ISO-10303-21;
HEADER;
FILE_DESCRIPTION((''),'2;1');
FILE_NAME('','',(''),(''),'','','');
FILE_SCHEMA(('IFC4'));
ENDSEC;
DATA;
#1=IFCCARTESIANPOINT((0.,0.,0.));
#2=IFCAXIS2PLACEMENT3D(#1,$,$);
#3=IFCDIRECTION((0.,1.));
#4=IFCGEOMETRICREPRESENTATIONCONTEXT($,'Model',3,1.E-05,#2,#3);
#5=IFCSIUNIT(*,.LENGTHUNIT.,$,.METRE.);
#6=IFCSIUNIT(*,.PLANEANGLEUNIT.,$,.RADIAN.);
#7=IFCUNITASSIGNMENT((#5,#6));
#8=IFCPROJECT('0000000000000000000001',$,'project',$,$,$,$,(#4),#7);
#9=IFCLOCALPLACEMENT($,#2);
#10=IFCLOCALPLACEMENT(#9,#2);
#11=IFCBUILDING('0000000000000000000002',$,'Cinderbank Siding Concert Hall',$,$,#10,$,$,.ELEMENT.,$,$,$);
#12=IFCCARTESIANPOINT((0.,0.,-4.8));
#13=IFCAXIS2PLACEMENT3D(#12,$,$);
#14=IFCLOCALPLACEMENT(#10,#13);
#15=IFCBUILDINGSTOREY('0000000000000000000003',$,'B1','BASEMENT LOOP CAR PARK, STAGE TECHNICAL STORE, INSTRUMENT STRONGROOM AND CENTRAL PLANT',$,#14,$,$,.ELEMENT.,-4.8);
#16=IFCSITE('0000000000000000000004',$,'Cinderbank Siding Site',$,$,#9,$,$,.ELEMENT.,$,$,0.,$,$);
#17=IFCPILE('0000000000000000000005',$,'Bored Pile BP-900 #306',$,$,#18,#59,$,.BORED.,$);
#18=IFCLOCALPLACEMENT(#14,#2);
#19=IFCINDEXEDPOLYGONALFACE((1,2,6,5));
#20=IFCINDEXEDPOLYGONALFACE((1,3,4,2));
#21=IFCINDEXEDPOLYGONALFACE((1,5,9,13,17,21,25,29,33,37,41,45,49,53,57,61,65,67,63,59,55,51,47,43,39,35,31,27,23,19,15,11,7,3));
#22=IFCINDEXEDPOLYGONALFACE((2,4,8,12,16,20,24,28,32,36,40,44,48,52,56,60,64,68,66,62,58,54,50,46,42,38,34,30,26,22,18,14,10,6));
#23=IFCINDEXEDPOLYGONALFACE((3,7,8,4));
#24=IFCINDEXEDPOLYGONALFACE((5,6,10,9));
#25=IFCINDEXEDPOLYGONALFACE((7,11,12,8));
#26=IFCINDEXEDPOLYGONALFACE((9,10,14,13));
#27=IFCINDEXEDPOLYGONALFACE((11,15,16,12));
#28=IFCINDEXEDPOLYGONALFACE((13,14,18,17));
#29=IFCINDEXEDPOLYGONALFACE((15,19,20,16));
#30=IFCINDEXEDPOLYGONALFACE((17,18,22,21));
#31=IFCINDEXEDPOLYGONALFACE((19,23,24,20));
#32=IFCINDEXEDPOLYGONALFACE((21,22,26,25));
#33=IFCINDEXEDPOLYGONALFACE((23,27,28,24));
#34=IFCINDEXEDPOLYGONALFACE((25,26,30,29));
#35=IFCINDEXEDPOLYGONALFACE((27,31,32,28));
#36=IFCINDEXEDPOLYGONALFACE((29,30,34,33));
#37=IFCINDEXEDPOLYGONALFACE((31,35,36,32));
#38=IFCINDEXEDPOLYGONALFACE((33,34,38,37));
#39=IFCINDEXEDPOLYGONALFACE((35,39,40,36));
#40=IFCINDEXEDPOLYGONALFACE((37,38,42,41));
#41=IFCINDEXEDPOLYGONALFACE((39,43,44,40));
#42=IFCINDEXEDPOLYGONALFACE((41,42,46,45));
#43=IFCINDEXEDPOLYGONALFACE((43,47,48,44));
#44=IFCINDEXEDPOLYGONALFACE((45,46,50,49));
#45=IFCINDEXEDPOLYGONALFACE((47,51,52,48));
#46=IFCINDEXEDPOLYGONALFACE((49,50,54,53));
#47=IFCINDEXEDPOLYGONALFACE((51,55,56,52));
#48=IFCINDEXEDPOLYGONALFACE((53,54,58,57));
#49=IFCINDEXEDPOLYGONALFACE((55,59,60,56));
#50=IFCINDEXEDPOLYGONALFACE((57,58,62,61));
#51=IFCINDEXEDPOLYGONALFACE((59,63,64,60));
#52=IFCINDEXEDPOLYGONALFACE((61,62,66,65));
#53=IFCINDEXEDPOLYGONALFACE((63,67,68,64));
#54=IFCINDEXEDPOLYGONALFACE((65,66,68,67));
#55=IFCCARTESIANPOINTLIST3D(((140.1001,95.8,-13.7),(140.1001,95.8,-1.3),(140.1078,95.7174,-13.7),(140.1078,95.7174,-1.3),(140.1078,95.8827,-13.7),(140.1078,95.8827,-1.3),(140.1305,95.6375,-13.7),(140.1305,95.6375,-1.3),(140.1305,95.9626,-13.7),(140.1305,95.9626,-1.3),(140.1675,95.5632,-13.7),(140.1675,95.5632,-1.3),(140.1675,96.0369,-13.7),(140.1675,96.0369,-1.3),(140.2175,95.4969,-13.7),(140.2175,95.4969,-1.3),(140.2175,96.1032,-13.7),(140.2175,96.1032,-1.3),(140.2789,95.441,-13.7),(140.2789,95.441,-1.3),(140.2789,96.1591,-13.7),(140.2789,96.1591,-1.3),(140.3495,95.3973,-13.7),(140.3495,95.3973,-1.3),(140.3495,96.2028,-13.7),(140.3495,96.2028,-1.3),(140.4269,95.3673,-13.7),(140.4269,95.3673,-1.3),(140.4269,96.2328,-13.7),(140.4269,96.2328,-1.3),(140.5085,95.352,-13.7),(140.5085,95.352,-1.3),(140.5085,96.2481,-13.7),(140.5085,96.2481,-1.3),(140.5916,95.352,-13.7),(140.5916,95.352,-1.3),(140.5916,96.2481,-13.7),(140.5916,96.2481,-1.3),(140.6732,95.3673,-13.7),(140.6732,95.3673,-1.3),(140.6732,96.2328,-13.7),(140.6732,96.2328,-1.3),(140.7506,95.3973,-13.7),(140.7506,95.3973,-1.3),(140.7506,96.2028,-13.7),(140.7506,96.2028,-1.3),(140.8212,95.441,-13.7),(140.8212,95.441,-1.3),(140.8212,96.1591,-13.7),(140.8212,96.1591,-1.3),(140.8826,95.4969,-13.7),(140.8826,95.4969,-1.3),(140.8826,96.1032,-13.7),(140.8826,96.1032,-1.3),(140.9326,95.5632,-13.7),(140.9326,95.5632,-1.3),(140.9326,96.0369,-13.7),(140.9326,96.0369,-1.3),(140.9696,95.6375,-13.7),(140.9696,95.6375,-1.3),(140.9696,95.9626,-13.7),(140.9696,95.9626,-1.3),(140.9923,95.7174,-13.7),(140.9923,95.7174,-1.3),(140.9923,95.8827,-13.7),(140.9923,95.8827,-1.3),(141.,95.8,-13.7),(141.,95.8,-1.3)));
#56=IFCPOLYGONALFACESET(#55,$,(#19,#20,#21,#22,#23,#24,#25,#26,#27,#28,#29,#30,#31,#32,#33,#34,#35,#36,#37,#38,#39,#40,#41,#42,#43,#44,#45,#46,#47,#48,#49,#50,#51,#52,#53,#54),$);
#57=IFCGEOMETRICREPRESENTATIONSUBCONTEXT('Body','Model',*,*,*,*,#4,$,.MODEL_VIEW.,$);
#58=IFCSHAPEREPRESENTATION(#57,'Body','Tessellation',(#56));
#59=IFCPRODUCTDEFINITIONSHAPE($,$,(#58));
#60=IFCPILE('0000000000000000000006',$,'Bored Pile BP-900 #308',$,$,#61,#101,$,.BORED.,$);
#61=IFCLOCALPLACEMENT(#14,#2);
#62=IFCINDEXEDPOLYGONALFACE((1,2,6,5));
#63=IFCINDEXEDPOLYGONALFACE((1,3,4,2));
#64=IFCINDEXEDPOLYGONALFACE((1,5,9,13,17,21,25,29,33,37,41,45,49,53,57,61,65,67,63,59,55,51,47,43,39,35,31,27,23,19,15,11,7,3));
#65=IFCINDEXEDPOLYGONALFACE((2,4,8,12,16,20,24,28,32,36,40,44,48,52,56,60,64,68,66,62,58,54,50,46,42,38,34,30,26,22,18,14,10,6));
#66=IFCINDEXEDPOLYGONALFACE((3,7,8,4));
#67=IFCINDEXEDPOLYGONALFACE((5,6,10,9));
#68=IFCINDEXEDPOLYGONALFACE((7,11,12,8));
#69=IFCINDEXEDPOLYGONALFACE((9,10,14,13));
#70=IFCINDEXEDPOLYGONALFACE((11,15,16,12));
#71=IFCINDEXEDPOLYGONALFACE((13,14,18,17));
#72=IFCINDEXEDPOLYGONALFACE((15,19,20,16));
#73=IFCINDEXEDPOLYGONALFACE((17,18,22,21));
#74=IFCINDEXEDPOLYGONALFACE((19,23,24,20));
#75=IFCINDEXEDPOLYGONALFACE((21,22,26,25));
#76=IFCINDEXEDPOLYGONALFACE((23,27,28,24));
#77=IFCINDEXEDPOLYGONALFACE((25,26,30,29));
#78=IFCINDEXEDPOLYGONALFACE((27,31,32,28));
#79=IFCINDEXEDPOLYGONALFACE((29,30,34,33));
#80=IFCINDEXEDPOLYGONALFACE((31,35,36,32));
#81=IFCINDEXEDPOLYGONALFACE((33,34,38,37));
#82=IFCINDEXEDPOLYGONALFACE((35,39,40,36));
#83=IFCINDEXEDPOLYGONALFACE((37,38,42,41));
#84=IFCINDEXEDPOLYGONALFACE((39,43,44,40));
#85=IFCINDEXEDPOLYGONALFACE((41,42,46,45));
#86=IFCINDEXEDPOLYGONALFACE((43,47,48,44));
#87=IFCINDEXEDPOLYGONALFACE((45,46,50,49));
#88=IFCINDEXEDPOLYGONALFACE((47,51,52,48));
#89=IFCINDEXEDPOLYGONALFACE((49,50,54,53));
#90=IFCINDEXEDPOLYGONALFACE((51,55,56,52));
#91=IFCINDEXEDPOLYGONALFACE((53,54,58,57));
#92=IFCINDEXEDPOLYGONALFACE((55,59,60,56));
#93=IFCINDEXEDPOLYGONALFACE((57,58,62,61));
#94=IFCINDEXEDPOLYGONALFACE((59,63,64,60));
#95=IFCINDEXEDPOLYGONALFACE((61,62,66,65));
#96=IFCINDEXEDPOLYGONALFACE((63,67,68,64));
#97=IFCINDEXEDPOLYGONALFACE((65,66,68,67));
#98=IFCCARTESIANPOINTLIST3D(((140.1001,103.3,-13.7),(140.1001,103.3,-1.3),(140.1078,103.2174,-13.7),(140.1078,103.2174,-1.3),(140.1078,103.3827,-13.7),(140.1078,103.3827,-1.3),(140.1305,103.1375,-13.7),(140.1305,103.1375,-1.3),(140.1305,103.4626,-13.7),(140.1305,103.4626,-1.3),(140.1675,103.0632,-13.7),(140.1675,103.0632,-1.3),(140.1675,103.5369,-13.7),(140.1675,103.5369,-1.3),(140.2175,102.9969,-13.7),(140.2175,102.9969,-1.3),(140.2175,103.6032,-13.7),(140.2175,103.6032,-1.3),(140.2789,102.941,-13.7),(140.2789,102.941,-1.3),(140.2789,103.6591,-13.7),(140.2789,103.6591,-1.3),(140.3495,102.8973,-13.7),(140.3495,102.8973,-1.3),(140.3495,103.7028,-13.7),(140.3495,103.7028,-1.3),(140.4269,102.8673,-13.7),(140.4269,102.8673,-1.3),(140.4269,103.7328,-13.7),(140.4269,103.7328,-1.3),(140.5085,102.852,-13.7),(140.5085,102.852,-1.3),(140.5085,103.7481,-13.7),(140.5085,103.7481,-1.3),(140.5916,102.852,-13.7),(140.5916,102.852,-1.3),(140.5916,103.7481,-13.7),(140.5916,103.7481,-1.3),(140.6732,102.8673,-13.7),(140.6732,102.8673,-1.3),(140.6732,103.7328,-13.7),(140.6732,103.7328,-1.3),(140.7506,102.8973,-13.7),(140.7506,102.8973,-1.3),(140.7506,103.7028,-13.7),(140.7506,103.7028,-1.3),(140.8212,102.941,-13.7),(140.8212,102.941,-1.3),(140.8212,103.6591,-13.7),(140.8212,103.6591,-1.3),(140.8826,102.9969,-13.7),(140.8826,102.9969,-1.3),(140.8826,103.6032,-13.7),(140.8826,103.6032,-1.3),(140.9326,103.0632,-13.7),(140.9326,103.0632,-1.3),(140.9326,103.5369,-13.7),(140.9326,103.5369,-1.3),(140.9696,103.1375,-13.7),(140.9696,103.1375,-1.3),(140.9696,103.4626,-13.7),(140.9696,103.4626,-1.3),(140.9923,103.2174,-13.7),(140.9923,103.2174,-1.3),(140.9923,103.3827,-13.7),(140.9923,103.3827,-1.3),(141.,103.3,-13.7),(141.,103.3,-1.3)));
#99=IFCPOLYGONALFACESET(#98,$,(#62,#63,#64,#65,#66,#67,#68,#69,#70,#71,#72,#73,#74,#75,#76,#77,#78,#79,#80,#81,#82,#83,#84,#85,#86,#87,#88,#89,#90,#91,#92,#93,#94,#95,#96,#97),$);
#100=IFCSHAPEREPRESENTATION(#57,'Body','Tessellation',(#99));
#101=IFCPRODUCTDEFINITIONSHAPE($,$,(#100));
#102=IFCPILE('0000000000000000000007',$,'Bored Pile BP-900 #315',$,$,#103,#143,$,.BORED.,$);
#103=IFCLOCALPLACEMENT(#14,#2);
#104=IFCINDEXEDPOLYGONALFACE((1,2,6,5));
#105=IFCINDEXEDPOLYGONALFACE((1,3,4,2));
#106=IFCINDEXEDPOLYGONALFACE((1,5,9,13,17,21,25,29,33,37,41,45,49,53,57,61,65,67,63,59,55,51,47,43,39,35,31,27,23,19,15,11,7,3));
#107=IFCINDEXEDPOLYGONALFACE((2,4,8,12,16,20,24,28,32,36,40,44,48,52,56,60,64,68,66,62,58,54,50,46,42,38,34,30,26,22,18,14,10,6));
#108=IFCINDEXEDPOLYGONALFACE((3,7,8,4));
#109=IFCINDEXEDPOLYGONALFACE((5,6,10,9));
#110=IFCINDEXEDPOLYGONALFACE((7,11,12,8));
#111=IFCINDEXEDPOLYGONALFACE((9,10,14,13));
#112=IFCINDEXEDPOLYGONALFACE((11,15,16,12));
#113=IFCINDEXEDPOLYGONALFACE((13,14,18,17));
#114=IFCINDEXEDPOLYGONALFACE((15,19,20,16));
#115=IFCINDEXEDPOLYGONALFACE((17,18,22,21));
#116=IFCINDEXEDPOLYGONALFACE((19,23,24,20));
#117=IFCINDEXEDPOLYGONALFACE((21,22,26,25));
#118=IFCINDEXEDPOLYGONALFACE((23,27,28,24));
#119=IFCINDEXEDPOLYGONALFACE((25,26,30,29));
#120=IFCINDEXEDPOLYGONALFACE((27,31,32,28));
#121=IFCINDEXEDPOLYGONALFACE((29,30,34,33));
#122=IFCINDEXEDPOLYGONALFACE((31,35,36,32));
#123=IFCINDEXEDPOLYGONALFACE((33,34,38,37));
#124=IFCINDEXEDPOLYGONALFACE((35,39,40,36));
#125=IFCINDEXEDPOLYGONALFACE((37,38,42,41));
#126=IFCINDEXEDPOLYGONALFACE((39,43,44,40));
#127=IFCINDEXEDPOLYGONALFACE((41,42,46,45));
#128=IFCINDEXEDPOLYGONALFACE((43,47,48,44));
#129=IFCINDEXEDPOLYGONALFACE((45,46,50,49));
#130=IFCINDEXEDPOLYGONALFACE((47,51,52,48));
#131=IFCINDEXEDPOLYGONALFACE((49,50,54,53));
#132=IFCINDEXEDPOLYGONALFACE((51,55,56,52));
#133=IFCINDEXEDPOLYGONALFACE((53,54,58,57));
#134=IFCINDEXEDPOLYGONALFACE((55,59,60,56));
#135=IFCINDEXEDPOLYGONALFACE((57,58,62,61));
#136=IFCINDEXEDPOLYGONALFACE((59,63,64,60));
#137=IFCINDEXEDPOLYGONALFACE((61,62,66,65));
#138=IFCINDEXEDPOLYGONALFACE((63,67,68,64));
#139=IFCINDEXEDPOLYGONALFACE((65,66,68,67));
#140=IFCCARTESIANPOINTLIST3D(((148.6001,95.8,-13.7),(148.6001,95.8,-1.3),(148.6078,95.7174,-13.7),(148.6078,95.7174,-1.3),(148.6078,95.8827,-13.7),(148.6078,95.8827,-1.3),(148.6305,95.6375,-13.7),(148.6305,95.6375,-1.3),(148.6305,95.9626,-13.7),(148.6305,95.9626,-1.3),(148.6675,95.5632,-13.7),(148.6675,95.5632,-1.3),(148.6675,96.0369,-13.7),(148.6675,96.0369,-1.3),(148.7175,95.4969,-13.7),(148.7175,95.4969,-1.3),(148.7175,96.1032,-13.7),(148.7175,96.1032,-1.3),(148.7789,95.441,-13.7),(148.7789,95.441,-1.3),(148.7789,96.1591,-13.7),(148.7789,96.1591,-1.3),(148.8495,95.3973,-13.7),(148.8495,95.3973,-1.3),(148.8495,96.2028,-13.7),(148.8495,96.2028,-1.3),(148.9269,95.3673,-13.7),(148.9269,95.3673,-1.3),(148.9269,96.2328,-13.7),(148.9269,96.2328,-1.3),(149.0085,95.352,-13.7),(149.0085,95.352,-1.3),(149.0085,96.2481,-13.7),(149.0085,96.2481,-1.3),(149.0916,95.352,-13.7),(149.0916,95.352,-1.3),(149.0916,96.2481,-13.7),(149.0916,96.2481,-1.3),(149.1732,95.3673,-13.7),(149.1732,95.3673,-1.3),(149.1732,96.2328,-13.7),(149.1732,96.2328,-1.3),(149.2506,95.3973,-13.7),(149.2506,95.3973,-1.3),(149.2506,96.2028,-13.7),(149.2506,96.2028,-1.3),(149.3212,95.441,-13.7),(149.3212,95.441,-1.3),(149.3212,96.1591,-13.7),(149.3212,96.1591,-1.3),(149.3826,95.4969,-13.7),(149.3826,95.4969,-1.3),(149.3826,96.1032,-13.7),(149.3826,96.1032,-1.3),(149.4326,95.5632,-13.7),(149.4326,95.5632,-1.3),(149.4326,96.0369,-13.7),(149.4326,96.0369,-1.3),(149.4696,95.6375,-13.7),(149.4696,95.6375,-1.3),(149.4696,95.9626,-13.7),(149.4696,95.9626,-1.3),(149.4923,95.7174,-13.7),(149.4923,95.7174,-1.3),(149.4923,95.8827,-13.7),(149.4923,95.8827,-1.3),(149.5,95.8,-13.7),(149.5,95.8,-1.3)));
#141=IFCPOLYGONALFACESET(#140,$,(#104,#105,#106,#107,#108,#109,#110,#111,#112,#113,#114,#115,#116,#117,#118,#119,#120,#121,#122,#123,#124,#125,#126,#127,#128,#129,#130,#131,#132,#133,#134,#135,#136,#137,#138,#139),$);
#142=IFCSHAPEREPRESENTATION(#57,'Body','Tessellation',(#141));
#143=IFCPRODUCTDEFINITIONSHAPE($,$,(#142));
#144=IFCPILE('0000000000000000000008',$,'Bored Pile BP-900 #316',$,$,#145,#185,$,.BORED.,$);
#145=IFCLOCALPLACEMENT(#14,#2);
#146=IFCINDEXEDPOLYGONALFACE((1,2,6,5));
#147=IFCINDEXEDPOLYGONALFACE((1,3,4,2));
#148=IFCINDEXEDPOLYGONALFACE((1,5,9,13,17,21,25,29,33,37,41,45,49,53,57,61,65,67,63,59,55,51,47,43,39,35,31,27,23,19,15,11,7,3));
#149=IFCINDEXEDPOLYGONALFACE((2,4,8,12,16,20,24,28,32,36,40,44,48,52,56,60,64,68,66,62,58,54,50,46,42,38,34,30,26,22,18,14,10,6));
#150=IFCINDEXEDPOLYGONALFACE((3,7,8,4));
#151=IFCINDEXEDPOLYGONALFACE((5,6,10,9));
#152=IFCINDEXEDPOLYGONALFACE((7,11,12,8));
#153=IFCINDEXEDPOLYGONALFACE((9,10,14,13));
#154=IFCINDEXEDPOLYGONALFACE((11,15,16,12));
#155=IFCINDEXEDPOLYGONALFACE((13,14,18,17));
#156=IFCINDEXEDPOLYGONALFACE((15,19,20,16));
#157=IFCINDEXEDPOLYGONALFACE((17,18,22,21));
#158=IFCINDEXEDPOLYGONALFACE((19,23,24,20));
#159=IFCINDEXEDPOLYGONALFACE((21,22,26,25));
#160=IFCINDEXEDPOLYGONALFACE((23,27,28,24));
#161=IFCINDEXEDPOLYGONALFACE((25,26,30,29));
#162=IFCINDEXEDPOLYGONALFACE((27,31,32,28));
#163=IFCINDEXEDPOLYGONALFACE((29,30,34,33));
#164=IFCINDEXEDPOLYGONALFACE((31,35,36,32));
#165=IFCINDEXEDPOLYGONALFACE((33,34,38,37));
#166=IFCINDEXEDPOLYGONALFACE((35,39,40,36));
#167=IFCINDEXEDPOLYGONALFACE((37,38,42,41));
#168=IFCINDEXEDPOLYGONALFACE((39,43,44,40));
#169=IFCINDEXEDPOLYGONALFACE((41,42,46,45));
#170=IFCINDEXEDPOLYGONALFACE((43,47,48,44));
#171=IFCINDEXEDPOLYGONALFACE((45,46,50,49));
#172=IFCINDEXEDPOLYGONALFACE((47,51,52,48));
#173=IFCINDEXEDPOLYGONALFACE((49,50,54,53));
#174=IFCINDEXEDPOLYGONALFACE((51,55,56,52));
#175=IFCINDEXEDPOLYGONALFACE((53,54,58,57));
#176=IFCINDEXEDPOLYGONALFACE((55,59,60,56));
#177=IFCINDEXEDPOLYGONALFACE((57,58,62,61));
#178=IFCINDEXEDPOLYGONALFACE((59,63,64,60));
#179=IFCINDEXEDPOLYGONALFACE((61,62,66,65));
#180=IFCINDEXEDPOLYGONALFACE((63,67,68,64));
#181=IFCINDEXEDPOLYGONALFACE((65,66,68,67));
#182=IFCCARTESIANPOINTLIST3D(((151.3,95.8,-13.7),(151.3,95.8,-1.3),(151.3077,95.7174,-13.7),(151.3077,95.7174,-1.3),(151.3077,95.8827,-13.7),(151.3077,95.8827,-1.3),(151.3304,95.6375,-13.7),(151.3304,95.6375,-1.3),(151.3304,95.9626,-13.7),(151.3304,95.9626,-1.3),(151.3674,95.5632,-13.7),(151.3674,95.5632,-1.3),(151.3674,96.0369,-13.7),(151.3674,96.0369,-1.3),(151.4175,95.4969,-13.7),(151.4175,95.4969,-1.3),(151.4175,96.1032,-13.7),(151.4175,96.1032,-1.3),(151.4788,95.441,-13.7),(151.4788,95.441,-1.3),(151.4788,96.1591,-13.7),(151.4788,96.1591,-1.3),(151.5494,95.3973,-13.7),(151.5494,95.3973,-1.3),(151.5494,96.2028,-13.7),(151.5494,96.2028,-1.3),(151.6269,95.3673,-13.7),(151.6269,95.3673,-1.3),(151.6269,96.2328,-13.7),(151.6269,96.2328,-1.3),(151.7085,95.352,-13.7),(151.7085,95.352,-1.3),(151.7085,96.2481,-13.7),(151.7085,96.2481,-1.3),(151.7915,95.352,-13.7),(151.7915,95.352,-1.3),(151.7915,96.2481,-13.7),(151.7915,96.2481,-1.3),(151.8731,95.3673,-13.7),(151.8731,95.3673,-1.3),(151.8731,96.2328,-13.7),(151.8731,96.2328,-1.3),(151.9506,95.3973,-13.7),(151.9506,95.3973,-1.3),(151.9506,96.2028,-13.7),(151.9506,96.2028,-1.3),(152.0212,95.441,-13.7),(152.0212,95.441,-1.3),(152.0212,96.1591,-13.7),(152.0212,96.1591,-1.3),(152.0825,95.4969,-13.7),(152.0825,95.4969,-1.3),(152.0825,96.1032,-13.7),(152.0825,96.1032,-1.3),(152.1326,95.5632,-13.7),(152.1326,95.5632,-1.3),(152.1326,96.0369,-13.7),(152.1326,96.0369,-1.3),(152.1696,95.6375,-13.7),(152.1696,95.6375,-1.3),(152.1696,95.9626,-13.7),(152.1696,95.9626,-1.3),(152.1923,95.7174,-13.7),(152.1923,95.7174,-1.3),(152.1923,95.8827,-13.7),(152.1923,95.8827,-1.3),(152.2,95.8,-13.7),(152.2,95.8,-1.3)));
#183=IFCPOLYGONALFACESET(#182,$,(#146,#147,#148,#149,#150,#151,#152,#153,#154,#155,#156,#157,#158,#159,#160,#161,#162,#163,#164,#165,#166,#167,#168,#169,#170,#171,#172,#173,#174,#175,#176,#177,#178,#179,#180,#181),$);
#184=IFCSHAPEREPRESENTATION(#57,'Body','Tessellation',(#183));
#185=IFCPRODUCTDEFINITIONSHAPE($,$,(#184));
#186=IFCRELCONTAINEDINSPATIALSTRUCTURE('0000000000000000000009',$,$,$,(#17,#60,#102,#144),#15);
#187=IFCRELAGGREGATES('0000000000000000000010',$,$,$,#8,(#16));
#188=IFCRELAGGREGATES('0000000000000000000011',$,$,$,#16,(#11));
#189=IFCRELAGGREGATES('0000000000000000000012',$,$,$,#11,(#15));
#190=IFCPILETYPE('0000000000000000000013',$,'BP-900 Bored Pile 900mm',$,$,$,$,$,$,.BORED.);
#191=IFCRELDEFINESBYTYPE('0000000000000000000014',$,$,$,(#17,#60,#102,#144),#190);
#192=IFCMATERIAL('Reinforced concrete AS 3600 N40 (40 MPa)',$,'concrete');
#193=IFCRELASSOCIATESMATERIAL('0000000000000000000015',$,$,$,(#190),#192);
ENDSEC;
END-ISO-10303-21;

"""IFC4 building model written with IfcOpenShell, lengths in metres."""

from ifc_helpers import new_model, si_unit, direction, frame, origin, origin_2d, place, context, subcontext, project, spatial, circle, extrude, material, material_profile, profile_set, type_object, element, save


model = new_model("IFC4")

# Units and contexts
model_context = context("Model", 3, precision=1e-05, world=origin(), true_north=direction((0.0, 1.0)))
body_context = subcontext(model_context, "Body", "Model", "MODEL_VIEW")
ifc_project = project(units=[si_unit("LENGTHUNIT", "METRE"), si_unit("PLANEANGLEUNIT", "RADIAN")], contexts=[model_context])

# Site, building, storey
site_placement = place(None, origin())
site = spatial("IfcSite", under=ifc_project, at=site_placement, Name="Cinderbank Siding Site", CompositionType="ELEMENT", RefElevation=0.0)
building_placement = place(site_placement, origin())
building = spatial("IfcBuilding", under=site, at=building_placement, Name="Cinderbank Siding Concert Hall", CompositionType="ELEMENT")
storey_placement = place(building_placement, frame((0.0, 0.0, -4.8)))
storey = spatial("IfcBuildingStorey", under=building, at=storey_placement, Name="B1", Description="BASEMENT LOOP CAR PARK, STAGE TECHNICAL STORE, INSTRUMENT STRONGROOM AND CENTRAL PLANT", CompositionType="ELEMENT", Elevation=-4.8)

# Piles
ifc_material_1 = material(Name="Reinforced concrete AS 3600 N40 (40 MPa)", Category="concrete")
ifc_material_profile_1 = material_profile(ifc_material_1, circle(Radius=0.45, at=origin_2d()), Name="PILE-900DIA", Category="LoadBearing")
ifc_profile_set_1 = profile_set([ifc_material_profile_1], Name="Reinforced concrete AS 3600 N40 (40 MPa)")
pile_type = type_object("IfcPileType", Name="BP-900 Bored Pile 900mm", PredefinedType="BORED", material=ifc_profile_set_1)
for number, where, z_axis, x_axis, name in (
    (1, (140.55, 95.8, -1.3), (0.0, 0.0, -1.0), (1.0, 0.0, 0.0), "Bored Pile BP-900 #306"),
    (2, (140.55, 103.3, -1.3), (0.0, 0.0, -1.0), (1.0, 0.0, 0.0), "Bored Pile BP-900 #308"),
    (3, (149.05, 95.8, -1.3), (0.0, 0.0, -1.0), (1.0, 0.0, 0.0), "Bored Pile BP-900 #315"),
    (4, (151.75, 95.8, -1.3), (0.0, 0.0, -1.0), (1.0, 0.0, 0.0), "Bored Pile BP-900 #316"),
):
    element("IfcPile", number, at=place(storey_placement, frame(where, z_axis=z_axis, x_axis=x_axis)), inside=storey, type_object=pile_type, Name=name, PredefinedType="BORED", context=body_context, shape_type="SweptSolid", body=[
        extrude(circle(Radius=0.45, at=origin_2d()), origin(), (0.0, 0.0, 1.0), 12.3999),
    ])

save(model, "model.ifc")
